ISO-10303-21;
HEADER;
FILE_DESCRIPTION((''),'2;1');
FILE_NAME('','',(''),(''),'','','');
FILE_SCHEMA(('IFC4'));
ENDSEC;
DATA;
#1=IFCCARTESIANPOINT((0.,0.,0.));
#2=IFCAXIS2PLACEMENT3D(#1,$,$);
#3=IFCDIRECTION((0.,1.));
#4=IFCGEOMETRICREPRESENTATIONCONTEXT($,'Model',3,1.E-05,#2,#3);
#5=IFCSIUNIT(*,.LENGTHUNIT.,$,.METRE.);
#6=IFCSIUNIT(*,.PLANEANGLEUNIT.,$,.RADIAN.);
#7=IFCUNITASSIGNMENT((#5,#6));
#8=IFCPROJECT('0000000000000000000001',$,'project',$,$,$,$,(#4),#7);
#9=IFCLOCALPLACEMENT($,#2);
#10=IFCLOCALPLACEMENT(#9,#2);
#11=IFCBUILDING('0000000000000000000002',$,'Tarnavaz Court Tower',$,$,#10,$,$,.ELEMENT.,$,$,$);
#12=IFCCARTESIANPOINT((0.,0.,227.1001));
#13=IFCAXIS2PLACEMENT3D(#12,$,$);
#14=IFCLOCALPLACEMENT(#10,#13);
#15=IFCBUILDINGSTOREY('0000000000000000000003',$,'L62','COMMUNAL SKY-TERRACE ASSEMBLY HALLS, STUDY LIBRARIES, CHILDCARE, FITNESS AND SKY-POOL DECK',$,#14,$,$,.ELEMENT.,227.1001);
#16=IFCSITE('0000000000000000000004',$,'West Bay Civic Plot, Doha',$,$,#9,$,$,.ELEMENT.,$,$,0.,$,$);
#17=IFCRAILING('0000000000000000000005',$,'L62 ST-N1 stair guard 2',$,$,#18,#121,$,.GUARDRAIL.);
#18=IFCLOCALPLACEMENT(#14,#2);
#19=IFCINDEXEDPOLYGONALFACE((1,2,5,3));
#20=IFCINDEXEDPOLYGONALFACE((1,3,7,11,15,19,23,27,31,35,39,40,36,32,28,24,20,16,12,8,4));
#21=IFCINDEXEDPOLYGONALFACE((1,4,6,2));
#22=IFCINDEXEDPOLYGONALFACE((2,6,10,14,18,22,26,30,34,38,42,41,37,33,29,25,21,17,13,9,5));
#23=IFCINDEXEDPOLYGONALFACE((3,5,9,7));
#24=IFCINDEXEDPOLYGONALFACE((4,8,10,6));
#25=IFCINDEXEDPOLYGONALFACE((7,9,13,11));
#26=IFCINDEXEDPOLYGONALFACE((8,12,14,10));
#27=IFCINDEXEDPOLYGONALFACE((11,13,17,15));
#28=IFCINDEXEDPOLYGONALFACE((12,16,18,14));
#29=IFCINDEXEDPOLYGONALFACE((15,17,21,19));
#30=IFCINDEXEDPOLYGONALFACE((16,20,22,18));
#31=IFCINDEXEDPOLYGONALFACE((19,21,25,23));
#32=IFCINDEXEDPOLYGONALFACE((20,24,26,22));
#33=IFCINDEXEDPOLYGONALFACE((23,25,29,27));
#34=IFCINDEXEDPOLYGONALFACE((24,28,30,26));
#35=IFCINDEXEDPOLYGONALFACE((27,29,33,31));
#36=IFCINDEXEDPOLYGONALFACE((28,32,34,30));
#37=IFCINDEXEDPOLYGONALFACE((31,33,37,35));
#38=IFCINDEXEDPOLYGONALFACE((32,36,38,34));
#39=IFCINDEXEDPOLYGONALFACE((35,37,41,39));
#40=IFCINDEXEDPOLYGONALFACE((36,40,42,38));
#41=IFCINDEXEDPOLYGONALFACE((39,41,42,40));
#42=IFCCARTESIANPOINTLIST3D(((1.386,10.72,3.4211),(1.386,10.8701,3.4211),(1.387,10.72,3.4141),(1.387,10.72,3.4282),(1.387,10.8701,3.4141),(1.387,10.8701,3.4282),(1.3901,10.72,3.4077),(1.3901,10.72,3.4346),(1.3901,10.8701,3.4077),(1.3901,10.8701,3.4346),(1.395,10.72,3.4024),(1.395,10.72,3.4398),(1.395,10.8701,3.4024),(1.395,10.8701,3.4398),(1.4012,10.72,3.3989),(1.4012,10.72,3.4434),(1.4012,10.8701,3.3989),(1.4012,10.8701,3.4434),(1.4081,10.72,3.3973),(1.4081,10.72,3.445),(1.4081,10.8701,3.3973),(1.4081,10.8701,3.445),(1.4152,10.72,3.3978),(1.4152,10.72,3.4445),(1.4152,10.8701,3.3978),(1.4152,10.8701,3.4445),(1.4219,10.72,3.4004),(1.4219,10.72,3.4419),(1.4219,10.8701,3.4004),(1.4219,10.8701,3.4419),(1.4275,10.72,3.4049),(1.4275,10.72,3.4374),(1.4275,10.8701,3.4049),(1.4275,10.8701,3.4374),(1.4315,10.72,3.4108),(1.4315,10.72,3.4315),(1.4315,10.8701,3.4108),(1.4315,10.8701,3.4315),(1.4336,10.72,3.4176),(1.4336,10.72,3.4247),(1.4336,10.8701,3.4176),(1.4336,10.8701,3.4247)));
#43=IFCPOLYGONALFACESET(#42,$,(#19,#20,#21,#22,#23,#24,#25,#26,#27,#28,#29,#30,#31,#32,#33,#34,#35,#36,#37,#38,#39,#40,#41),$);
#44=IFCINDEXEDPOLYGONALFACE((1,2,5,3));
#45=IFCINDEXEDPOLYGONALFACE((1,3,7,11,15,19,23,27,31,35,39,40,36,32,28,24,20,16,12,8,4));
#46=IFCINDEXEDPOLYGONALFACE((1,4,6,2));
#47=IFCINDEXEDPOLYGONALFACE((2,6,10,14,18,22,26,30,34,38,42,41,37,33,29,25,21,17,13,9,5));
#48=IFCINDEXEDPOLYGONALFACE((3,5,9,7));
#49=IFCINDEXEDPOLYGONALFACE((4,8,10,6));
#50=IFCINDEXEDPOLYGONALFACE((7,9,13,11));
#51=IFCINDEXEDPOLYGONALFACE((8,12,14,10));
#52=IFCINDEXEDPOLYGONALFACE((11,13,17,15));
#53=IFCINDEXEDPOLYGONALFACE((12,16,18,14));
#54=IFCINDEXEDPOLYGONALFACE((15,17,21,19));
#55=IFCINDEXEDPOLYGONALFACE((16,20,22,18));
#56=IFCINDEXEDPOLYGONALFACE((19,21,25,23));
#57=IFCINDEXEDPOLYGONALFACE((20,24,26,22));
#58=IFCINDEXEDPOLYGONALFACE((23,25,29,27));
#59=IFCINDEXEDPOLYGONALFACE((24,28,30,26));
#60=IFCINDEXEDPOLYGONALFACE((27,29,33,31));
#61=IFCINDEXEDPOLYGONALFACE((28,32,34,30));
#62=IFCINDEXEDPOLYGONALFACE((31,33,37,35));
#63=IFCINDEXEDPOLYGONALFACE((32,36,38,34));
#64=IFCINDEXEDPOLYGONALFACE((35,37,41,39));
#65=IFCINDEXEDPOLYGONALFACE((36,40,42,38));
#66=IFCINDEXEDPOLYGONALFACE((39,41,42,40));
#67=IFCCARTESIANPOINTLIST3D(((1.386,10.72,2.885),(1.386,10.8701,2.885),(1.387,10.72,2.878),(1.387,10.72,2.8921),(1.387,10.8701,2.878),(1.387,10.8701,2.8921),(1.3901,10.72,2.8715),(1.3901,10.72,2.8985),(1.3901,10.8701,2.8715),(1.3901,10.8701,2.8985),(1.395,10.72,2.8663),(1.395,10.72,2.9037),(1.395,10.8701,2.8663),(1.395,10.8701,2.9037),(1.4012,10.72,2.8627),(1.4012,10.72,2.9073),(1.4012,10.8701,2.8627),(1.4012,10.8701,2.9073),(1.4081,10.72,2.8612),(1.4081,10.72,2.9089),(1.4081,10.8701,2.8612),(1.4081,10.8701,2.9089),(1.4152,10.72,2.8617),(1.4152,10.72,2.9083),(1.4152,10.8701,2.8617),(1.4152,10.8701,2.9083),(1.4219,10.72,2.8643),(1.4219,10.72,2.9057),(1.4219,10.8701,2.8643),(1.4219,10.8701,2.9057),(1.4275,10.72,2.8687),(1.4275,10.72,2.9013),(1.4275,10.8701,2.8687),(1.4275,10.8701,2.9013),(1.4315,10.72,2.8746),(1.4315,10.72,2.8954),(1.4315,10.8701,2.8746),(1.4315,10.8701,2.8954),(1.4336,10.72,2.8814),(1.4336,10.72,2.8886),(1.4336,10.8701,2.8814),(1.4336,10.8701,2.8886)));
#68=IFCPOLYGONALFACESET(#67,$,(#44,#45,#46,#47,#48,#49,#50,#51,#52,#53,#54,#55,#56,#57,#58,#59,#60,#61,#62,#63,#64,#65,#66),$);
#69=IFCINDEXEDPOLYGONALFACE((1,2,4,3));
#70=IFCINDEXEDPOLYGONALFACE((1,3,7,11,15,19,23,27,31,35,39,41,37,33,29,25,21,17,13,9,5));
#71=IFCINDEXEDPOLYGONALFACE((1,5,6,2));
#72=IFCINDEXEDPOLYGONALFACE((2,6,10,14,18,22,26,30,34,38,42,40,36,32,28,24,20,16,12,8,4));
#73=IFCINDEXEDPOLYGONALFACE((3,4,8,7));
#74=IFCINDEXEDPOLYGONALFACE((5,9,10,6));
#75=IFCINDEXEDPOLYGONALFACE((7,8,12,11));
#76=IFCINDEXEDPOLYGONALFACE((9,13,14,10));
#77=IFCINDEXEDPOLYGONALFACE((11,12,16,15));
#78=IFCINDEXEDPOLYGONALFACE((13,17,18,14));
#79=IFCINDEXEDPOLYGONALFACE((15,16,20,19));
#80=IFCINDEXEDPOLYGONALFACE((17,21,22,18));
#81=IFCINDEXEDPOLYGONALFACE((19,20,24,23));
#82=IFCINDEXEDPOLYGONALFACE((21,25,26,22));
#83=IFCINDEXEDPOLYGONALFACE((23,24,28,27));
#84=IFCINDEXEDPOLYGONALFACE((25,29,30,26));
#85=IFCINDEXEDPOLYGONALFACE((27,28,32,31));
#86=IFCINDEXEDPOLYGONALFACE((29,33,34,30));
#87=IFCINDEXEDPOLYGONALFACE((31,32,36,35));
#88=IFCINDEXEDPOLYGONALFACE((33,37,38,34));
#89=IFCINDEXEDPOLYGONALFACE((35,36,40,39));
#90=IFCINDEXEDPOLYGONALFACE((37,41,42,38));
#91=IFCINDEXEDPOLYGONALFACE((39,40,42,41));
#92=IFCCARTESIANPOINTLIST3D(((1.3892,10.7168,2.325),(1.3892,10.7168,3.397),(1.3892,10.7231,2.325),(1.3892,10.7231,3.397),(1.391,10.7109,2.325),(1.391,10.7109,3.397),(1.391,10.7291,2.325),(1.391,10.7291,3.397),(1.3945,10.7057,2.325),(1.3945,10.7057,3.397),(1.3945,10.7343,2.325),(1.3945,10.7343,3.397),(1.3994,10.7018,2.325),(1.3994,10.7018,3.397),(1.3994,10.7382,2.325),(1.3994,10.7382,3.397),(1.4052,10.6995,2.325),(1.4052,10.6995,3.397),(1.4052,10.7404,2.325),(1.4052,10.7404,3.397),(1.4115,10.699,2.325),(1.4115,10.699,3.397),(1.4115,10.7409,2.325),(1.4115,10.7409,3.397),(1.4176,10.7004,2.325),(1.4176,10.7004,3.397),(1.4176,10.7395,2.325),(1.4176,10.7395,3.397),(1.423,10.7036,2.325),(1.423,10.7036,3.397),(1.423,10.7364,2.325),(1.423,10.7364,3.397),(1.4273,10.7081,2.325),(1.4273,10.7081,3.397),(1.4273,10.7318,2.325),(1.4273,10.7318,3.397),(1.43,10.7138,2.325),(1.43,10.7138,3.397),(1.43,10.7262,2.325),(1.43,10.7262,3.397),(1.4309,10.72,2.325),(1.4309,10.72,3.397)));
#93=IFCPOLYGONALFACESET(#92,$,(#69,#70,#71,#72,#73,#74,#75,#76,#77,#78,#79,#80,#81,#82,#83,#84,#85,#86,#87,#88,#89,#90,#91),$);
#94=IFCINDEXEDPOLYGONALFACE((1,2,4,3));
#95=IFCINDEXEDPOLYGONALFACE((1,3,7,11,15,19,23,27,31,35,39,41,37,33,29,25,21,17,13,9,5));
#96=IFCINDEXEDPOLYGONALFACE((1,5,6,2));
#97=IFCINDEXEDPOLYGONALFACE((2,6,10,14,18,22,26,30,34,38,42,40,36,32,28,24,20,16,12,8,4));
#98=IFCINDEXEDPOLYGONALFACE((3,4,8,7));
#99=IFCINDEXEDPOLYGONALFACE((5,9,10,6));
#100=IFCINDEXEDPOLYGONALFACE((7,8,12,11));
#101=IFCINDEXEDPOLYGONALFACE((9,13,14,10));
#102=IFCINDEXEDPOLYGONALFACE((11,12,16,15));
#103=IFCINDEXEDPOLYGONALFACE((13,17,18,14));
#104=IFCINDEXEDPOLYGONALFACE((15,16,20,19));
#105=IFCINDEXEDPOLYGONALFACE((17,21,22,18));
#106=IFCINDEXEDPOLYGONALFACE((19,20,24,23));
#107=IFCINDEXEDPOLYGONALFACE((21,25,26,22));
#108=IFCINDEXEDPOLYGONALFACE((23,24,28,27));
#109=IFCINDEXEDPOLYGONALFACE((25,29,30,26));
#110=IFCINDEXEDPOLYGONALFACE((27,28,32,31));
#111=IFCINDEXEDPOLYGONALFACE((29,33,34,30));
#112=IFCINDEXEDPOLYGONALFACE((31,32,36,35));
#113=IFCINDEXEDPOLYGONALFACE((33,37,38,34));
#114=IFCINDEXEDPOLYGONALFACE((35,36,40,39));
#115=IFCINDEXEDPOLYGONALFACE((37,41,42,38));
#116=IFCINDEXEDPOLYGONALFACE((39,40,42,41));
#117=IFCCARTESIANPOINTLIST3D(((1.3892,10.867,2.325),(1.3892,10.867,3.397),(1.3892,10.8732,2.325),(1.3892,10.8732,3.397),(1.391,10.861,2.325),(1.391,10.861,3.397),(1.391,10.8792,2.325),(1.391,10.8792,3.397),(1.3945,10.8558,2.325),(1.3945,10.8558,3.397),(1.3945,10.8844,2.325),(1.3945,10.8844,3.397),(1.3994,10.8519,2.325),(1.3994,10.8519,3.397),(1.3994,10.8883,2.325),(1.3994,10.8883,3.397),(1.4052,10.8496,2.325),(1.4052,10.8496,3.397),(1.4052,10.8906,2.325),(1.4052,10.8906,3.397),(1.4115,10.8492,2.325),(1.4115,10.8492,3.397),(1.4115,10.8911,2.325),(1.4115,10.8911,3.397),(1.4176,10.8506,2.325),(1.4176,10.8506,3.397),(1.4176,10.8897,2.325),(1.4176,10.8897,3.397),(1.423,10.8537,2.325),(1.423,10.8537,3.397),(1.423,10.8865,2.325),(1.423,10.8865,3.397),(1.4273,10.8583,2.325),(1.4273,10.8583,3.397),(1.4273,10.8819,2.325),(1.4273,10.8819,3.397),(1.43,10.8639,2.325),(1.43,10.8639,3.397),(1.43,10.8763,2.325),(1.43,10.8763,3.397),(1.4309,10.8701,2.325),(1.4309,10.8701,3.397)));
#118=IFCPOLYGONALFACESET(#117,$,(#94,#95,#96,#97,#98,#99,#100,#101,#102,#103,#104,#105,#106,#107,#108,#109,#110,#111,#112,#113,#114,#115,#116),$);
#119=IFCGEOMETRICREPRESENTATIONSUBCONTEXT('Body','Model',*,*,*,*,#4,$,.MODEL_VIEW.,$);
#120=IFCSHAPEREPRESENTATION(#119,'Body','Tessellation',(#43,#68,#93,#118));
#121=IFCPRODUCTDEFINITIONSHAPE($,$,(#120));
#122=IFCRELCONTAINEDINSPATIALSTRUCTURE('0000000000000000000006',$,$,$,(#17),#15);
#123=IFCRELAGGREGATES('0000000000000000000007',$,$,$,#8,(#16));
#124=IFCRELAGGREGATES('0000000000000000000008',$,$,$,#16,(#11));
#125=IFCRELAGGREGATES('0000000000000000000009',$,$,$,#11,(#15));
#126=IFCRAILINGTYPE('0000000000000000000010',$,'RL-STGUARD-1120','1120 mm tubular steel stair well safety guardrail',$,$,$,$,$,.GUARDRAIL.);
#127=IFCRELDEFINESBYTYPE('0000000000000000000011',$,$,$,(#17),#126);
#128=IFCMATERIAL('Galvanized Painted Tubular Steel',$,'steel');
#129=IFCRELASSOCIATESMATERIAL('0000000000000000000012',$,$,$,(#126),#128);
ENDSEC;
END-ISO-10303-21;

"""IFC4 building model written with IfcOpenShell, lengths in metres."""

from ifc_helpers import new_model, si_unit, direction, frame, origin, origin_2d, place, context, subcontext, project, spatial, circle, extrude, material, type_object, element, save


model = new_model("IFC4")

# Units and contexts
model_context = context("Model", 3, precision=1e-05, world=origin(), true_north=direction((0.0, 1.0)))
body_context = subcontext(model_context, "Body", "Model", "MODEL_VIEW")
ifc_project = project(units=[si_unit("LENGTHUNIT", "METRE"), si_unit("PLANEANGLEUNIT", "RADIAN")], contexts=[model_context])

# Site, building, storey
site_placement = place(None, origin())
site = spatial("IfcSite", under=ifc_project, at=site_placement, Name="West Bay Civic Plot, Doha", CompositionType="ELEMENT", RefElevation=0.0)
building_placement = place(site_placement, origin())
building = spatial("IfcBuilding", under=site, at=building_placement, Name="Tarnavaz Court Tower", CompositionType="ELEMENT")
storey_placement = place(building_placement, frame((0.0, 0.0, 227.1001)))
storey = spatial("IfcBuildingStorey", under=building, at=storey_placement, Name="L62", Description="COMMUNAL SKY-TERRACE ASSEMBLY HALLS, STUDY LIBRARIES, CHILDCARE, FITNESS AND SKY-POOL DECK", CompositionType="ELEMENT", Elevation=227.1001)

# Railing
ifc_material_1 = material(Name="Galvanized Painted Tubular Steel", Category="steel")
railing_type_1 = type_object("IfcRailingType", Name="RL-STGUARD-1120", Description="1120 mm tubular steel stair well safety guardrail", PredefinedType="GUARDRAIL", material=ifc_material_1)
railing_1_placement = place(storey_placement, frame((1.4099, 10.72, 2.325)))
element("IfcRailing", 1, at=railing_1_placement, inside=storey, type_object=railing_type_1, Name="L62 ST-N1 stair guard 2", PredefinedType="GUARDRAIL", context=body_context, shape_type="SweptSolid", body=[
    extrude(circle(Radius=0.0239, at=origin_2d()), frame((0.0, 0.0, 1.0962), z_axis=(0.0, 1.0, 0.0), x_axis=(-1.0, 0.0, 0.0)), (0.0, 0.0, 1.0), 0.1501),
    extrude(circle(Radius=0.0239, at=origin_2d()), frame((0.0, 0.0, 0.5601), z_axis=(0.0, 1.0, 0.0), x_axis=(-1.0, 0.0, 0.0)), (0.0, 0.0, 1.0), 0.1501),
    extrude(circle(Radius=0.021, at=origin_2d()), origin(), (0.0, 0.0, 1.0), 1.072),
    extrude(circle(Radius=0.021, at=origin_2d()), frame((0.0, 0.1501, 0.0)), (0.0, 0.0, 1.0), 1.072),
])

save(model, "model.ifc")
